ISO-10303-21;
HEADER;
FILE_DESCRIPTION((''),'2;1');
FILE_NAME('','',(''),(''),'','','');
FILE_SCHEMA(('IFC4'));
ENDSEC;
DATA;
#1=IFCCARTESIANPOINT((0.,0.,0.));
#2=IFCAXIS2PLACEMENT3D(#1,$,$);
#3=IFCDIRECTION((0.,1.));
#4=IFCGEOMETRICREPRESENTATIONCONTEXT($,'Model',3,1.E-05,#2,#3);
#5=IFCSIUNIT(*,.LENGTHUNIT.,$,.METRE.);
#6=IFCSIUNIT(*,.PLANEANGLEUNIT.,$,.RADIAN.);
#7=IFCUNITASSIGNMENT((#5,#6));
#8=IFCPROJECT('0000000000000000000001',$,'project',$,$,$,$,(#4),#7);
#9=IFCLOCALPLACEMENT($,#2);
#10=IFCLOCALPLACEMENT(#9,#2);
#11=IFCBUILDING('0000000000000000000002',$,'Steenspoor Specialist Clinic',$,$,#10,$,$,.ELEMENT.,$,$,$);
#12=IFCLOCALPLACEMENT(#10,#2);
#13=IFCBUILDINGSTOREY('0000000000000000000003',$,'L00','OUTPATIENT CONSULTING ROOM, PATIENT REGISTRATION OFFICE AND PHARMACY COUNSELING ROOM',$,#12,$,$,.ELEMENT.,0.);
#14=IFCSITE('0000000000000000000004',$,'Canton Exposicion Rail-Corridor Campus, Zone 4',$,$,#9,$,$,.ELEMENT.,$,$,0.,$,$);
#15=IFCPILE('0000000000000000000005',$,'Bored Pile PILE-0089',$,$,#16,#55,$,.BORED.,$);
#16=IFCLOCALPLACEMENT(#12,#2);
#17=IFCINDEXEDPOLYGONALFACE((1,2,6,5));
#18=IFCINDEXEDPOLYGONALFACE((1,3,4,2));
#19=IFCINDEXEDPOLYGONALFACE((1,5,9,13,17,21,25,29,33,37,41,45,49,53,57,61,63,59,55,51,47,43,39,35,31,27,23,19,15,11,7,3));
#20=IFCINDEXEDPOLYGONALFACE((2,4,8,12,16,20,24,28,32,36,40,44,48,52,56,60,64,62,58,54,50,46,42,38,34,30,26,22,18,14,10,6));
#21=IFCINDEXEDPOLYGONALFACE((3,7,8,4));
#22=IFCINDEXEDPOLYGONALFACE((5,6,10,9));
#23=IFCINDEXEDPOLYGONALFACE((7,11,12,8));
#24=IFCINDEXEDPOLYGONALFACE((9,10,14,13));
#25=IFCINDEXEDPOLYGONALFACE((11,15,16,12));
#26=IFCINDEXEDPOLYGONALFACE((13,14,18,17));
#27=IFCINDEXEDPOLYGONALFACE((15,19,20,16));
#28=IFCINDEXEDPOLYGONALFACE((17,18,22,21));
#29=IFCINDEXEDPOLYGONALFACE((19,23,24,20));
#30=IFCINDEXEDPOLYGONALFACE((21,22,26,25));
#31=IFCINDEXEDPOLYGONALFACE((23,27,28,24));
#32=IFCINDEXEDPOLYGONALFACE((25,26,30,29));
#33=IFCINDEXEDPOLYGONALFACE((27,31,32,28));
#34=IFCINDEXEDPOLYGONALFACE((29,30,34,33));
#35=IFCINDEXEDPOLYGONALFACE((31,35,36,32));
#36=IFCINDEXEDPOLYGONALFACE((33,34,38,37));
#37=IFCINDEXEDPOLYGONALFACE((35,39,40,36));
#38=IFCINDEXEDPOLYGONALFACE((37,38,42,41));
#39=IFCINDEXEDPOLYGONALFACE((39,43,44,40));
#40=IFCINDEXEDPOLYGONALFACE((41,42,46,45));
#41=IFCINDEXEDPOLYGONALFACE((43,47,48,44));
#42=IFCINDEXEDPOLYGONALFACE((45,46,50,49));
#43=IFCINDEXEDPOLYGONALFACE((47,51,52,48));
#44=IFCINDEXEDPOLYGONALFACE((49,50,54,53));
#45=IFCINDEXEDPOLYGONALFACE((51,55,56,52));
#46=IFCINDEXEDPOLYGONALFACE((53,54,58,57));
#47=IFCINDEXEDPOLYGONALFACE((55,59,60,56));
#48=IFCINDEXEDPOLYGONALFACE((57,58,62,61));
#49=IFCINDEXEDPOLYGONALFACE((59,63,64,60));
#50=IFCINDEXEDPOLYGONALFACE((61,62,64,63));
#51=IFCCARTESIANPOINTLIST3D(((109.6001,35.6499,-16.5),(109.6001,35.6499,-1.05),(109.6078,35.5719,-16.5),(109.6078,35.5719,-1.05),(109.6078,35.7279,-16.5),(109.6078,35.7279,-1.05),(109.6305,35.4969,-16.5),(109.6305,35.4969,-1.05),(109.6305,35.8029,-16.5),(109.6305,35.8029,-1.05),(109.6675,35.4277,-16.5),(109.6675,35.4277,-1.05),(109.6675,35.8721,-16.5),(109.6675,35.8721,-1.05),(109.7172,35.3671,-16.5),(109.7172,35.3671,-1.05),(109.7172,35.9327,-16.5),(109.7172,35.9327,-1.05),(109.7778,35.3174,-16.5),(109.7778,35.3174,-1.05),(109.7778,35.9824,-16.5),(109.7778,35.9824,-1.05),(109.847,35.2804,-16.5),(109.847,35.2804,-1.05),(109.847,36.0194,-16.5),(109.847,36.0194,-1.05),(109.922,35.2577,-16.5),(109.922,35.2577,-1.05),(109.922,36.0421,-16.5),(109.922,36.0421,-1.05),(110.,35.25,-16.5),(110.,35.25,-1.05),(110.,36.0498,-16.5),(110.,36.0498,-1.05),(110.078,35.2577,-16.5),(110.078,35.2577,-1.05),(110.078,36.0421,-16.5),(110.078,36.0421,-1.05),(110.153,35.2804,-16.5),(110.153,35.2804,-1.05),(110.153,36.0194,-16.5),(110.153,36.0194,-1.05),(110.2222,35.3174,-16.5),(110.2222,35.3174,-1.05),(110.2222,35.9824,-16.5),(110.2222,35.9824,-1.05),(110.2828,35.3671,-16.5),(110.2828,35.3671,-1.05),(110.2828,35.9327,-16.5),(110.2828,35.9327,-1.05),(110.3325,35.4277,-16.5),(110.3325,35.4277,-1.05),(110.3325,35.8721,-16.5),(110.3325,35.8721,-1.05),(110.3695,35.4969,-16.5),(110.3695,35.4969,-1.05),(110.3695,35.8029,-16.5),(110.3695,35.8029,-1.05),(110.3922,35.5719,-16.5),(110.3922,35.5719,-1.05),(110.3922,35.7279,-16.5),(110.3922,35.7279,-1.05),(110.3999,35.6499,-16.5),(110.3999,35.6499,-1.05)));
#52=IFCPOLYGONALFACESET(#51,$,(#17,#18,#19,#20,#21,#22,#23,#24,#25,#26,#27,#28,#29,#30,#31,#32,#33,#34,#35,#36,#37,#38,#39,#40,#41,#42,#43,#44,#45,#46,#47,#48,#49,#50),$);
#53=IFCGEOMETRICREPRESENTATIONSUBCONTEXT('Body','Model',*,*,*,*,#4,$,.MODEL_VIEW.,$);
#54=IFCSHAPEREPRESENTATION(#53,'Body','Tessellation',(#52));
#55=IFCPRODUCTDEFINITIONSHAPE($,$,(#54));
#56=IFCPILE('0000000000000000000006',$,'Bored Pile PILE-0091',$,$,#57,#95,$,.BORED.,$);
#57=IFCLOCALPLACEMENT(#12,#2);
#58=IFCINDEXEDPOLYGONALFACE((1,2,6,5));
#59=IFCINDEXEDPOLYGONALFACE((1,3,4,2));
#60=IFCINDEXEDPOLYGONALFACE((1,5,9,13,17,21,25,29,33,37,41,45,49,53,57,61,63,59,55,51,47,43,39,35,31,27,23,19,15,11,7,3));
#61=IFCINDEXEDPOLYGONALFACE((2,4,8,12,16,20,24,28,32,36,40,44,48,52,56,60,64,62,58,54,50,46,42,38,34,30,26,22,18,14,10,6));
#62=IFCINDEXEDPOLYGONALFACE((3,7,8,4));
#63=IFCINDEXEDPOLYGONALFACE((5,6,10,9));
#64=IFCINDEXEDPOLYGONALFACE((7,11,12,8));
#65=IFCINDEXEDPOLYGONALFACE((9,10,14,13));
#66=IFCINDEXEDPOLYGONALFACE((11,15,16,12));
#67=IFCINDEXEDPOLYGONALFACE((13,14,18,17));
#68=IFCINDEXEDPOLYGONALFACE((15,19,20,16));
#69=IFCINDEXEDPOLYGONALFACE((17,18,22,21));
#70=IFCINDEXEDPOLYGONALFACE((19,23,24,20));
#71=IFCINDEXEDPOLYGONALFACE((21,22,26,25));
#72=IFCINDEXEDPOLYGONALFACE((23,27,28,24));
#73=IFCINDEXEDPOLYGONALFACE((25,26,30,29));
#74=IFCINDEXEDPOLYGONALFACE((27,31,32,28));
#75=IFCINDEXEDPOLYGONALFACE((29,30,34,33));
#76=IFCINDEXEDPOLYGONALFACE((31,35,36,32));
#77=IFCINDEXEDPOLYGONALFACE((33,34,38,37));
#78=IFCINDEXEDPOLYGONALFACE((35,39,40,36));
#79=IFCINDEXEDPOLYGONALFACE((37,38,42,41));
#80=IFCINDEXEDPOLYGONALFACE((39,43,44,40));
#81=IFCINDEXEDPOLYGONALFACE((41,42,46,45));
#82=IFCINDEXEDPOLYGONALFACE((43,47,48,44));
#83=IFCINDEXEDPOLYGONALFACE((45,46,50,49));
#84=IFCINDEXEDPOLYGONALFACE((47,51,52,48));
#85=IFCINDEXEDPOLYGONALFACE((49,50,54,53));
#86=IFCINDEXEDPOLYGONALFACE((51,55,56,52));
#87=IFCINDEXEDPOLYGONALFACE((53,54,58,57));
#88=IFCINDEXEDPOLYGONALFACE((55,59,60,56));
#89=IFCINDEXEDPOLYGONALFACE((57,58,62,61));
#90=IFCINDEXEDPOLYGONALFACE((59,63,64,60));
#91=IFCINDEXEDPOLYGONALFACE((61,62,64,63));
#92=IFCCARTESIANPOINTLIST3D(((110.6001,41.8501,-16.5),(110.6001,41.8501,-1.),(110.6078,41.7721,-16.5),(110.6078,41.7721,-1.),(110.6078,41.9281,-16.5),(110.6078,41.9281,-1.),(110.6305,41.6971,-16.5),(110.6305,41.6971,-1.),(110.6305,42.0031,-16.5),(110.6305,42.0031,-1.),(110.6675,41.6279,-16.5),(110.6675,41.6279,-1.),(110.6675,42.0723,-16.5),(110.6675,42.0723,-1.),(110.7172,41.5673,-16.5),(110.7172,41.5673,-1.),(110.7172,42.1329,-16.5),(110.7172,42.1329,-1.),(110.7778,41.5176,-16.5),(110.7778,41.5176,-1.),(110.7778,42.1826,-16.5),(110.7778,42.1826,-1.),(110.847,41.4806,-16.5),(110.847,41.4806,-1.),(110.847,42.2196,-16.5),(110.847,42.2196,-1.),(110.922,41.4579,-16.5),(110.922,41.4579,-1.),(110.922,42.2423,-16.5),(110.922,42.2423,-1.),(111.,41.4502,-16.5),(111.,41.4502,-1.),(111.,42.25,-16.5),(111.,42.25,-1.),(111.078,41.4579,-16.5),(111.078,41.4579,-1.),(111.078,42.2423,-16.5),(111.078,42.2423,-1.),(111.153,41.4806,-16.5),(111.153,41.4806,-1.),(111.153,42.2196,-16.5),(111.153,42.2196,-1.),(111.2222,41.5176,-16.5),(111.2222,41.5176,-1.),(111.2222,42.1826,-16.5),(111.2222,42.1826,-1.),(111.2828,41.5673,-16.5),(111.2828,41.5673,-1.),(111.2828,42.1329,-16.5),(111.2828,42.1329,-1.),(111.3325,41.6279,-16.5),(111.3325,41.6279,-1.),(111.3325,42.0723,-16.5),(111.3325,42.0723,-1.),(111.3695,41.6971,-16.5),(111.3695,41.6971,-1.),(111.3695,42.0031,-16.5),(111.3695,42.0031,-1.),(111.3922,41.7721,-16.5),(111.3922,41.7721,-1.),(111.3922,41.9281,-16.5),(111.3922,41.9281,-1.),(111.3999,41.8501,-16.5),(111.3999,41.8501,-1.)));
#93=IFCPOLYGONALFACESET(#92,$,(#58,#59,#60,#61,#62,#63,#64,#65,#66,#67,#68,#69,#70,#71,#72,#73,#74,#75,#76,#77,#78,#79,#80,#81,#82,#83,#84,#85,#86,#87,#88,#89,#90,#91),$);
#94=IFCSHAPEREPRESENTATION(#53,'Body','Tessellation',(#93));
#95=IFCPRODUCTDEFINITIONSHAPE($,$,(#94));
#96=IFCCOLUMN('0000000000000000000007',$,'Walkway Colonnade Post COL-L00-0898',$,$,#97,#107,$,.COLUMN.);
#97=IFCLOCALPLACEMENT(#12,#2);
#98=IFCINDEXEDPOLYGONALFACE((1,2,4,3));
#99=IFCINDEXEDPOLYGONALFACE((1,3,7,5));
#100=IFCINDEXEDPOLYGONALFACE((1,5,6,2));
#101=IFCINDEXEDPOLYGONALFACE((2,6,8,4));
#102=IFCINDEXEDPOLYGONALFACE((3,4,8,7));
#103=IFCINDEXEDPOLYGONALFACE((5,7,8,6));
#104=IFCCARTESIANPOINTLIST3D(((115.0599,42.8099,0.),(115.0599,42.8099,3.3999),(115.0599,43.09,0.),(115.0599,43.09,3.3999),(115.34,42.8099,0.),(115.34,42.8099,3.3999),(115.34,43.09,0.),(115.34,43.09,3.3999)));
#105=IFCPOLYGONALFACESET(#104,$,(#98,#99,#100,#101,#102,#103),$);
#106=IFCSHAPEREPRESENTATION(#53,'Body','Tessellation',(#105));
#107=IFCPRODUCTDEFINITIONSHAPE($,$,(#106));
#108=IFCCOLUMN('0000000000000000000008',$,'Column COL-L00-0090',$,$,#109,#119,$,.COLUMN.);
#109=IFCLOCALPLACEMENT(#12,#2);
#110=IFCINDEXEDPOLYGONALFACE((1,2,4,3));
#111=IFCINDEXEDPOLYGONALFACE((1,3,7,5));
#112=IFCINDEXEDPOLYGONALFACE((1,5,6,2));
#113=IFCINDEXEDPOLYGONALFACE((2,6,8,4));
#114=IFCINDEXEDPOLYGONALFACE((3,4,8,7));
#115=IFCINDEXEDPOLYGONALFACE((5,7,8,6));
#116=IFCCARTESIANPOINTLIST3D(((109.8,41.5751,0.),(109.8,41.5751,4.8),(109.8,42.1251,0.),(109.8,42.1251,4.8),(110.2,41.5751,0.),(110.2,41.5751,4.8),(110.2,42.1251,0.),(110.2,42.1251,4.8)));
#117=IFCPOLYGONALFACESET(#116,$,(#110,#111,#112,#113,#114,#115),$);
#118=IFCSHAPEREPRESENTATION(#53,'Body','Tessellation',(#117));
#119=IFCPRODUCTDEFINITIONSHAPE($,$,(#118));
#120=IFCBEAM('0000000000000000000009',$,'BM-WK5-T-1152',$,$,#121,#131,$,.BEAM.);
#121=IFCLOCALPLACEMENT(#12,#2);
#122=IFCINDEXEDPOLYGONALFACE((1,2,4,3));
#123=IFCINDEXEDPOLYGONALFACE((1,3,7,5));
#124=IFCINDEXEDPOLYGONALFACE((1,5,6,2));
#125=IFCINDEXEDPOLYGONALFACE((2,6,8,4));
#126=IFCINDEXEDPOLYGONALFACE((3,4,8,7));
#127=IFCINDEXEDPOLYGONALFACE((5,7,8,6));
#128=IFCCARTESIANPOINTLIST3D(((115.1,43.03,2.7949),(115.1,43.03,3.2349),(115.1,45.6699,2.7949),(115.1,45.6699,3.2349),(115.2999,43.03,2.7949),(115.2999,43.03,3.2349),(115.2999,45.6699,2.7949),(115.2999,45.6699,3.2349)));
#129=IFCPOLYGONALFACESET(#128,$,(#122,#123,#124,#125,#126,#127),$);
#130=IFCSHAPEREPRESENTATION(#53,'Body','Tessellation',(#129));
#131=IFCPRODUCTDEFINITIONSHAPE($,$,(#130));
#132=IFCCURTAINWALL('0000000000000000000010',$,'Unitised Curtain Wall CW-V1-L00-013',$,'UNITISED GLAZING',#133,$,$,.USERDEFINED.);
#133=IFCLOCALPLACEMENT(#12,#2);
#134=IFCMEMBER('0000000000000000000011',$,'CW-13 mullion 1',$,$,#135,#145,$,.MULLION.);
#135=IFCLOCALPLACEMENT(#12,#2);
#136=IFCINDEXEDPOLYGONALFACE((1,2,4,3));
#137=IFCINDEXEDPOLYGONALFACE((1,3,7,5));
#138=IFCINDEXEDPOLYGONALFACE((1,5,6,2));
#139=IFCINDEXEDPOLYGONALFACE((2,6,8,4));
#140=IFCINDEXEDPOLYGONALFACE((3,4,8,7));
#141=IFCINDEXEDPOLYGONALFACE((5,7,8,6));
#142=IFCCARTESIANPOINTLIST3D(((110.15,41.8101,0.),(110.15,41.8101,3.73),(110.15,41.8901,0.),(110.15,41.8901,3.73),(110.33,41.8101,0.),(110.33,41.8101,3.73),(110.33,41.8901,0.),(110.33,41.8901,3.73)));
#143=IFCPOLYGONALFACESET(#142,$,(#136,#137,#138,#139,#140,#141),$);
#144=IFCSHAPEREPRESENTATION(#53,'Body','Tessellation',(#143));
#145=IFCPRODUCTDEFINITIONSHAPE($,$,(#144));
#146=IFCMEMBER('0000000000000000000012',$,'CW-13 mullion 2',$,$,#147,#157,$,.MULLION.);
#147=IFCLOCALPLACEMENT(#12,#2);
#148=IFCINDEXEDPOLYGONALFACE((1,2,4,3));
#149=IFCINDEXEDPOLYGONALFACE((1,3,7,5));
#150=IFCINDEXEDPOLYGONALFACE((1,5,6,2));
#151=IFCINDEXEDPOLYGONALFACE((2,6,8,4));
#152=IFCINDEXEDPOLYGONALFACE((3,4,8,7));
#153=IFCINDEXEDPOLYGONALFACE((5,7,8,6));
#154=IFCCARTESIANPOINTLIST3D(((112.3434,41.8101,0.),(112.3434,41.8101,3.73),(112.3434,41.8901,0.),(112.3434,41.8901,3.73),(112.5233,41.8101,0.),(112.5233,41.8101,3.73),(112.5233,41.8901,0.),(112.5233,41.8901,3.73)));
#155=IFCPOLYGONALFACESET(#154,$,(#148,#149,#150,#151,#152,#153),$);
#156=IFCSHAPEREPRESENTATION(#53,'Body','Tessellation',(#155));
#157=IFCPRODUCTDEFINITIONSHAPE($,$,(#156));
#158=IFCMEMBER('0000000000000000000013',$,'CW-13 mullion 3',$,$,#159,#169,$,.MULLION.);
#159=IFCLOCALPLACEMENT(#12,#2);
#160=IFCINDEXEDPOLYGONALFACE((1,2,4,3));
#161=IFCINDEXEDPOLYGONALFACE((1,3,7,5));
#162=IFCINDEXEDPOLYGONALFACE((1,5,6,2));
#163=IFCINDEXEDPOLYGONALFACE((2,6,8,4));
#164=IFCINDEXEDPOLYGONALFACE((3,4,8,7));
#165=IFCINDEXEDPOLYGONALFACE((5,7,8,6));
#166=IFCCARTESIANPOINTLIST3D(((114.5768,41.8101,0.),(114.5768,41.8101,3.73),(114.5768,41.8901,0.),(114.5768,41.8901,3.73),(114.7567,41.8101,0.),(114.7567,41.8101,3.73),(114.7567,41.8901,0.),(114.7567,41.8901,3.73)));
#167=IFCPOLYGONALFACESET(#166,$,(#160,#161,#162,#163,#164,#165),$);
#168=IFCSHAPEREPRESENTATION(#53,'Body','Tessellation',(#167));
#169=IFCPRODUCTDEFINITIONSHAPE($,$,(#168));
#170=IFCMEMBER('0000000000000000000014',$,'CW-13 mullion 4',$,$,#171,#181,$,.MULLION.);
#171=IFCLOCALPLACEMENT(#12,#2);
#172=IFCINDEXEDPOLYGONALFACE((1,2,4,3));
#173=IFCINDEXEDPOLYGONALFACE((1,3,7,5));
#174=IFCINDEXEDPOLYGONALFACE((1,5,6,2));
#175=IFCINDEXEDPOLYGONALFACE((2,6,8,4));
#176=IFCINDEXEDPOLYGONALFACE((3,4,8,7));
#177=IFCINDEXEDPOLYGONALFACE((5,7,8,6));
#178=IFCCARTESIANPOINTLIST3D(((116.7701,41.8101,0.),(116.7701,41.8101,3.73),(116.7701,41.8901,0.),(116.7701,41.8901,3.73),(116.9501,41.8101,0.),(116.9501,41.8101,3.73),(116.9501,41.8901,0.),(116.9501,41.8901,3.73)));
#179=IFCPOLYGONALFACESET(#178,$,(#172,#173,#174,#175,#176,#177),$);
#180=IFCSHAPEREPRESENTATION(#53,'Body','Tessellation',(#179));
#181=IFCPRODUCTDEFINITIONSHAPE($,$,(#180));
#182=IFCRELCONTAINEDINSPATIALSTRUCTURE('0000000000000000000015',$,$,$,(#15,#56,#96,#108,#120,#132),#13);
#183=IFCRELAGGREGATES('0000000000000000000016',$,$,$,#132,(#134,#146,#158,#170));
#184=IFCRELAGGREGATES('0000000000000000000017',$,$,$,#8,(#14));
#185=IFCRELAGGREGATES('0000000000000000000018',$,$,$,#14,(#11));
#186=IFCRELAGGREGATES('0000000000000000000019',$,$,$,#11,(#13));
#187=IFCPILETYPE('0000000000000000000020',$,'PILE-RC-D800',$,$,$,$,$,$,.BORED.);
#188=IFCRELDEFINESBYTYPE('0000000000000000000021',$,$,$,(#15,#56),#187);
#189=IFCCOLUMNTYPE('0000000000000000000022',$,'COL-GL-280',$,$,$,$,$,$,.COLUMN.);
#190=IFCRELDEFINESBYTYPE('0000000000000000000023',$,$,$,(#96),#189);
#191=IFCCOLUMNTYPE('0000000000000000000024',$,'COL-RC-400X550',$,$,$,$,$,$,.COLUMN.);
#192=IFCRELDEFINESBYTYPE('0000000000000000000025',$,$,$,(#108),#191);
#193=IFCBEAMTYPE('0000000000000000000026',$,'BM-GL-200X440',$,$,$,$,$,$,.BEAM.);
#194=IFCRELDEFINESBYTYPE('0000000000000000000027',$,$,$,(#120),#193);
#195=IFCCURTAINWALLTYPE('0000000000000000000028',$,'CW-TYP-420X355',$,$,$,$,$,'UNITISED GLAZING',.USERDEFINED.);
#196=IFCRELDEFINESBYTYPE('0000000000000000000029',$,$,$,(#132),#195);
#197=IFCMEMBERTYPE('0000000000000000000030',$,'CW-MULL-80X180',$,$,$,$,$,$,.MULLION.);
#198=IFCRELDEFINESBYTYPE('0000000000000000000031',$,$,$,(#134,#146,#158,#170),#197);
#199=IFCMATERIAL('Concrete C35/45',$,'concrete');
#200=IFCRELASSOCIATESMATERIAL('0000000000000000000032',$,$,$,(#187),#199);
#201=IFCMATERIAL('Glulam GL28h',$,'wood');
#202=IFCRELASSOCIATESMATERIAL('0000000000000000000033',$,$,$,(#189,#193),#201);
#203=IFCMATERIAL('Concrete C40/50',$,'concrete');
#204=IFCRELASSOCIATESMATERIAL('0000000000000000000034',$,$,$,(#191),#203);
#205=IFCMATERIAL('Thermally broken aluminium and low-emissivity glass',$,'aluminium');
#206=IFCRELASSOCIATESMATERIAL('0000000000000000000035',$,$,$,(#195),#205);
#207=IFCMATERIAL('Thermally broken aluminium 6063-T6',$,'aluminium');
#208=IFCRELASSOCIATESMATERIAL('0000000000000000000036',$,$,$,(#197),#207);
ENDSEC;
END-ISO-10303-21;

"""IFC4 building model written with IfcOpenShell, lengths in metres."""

from ifc_helpers import new_model, si_unit, direction, frame, origin, origin_2d, place, context, subcontext, project, spatial, rectangle, circle, extrude, material, material_profile, profile_set, type_object, element, aggregate, save


model = new_model("IFC4")

# Units and contexts
model_context = context("Model", 3, precision=1e-05, world=origin(), true_north=direction((0.0, 1.0)))
body_context = subcontext(model_context, "Body", "Model", "MODEL_VIEW")
ifc_project = project(units=[si_unit("LENGTHUNIT", "METRE"), si_unit("PLANEANGLEUNIT", "RADIAN")], contexts=[model_context])

# Site, building, storey
site_placement = place(None, origin())
site = spatial("IfcSite", under=ifc_project, at=site_placement, Name="Canton Exposicion Rail-Corridor Campus, Zone 4", CompositionType="ELEMENT", RefElevation=0.0)
building_placement = place(site_placement, origin())
building = spatial("IfcBuilding", under=site, at=building_placement, Name="Steenspoor Specialist Clinic", CompositionType="ELEMENT")
storey_placement = place(building_placement, origin())
storey = spatial("IfcBuildingStorey", under=building, at=storey_placement, Name="L00", Description="OUTPATIENT CONSULTING ROOM, PATIENT REGISTRATION OFFICE AND PHARMACY COUNSELING ROOM", CompositionType="ELEMENT", Elevation=0.0)

# Shared definitions
ifc_material_1 = material(Name="Concrete C35/45", Category="concrete")

# Piles
ifc_material_profile_1 = material_profile(ifc_material_1, circle(Radius=0.3999, at=origin_2d()), Name="PILE-D800")
ifc_profile_set_1 = profile_set([ifc_material_profile_1], Name="Concrete C35/45")
pile_type_1 = type_object("IfcPileType", Name="PILE-RC-D800", PredefinedType="BORED", material=ifc_profile_set_1)
pile_1_placement = place(storey_placement, frame((110.0, 35.6499, -1.05), z_axis=(0.0, 0.0, -1.0), x_axis=(1.0, 0.0, 0.0)))
element("IfcPile", 1, at=pile_1_placement, inside=storey, type_object=pile_type_1, Name="Bored Pile PILE-0089", PredefinedType="BORED", context=body_context, shape_type="SweptSolid", body=[
    extrude(circle(Radius=0.3999, at=origin_2d()), origin(), (0.0, 0.0, 1.0), 15.45),
])
pile_2_placement = place(storey_placement, frame((111.0, 41.8501, -1.0), z_axis=(0.0, 0.0, -1.0), x_axis=(1.0, 0.0, 0.0)))
element("IfcPile", 2, at=pile_2_placement, inside=storey, type_object=pile_type_1, Name="Bored Pile PILE-0091", PredefinedType="BORED", context=body_context, shape_type="SweptSolid", body=[
    extrude(circle(Radius=0.3999, at=origin_2d()), origin(), (0.0, 0.0, 1.0), 15.5),
])

# Columns
ifc_material_2 = material(Name="Glulam GL28h", Category="wood")
ifc_material_profile_2 = material_profile(ifc_material_2, rectangle(XDim=0.28, YDim=0.28, at=origin_2d()), Name="GL28H-280X280")
ifc_profile_set_2 = profile_set([ifc_material_profile_2], Name="Glulam GL28h")
column_type_1 = type_object("IfcColumnType", Name="COL-GL-280", PredefinedType="COLUMN", material=ifc_profile_set_2)
column_1_placement = place(storey_placement, frame((115.2, 42.95, 0.0), z_axis=(0.0, 0.0, 1.0), x_axis=(1.0, 0.0, 0.0)))
element("IfcColumn", 3, at=column_1_placement, inside=storey, type_object=column_type_1, Name="Walkway Colonnade Post COL-L00-0898", PredefinedType="COLUMN", context=body_context, shape_type="SweptSolid", body=[
    extrude(rectangle(XDim=0.28, YDim=0.28, at=origin_2d()), origin(), (0.0, 0.0, 1.0), 3.3999),
])
ifc_material_3 = material(Name="Concrete C40/50", Category="concrete")
ifc_material_profile_3 = material_profile(ifc_material_3, rectangle(XDim=0.3999, YDim=0.55, at=origin_2d()), Name="RC-COL-400X550")
ifc_profile_set_3 = profile_set([ifc_material_profile_3], Name="Concrete C40/50")
column_type_2 = type_object("IfcColumnType", Name="COL-RC-400X550", PredefinedType="COLUMN", material=ifc_profile_set_3)
column_2_placement = place(storey_placement, frame((110.0, 41.8501, 0.0), z_axis=(0.0, 0.0, 1.0), x_axis=(1.0, 0.0, 0.0)))
element("IfcColumn", 4, at=column_2_placement, inside=storey, type_object=column_type_2, Name="Column COL-L00-0090", PredefinedType="COLUMN", context=body_context, shape_type="SweptSolid", body=[
    extrude(rectangle(XDim=0.3999, YDim=0.55, at=origin_2d()), origin(), (0.0, 0.0, 1.0), 4.8),
])

# Beam
ifc_material_profile_4 = material_profile(ifc_material_2, rectangle(XDim=0.2, YDim=0.4399, at=origin_2d()), Name="GL28H-200X440")
ifc_profile_set_4 = profile_set([ifc_material_profile_4], Name="Glulam GL28h")
beam_type_1 = type_object("IfcBeamType", Name="BM-GL-200X440", PredefinedType="BEAM", material=ifc_profile_set_4)
beam_1_placement = place(storey_placement, frame((115.2, 43.03, 3.0149), z_axis=(0.0, 1.0, 0.0), x_axis=(-1.0, 0.0, 0.0)))
element("IfcBeam", 5, at=beam_1_placement, inside=storey, type_object=beam_type_1, Name="BM-WK5-T-1152", PredefinedType="BEAM", context=body_context, shape_type="SweptSolid", body=[
    extrude(rectangle(XDim=0.2, YDim=0.4399, at=origin_2d()), origin(), (0.0, 0.0, 1.0), 2.6399),
])

# Curtain wall, members
ifc_material_4 = material(Name="Thermally broken aluminium and low-emissivity glass", Category="aluminium")
curtain_wall_type = type_object("IfcCurtainWallType", Name="CW-TYP-420X355", ElementType="UNITISED GLAZING", PredefinedType="USERDEFINED", material=ifc_material_4)
curtain_wall_placement = place(storey_placement, origin())
curtain_wall = element("IfcCurtainWall", 6, at=curtain_wall_placement, inside=storey, type_object=curtain_wall_type, Name="Unitised Curtain Wall CW-V1-L00-013", ObjectType="UNITISED GLAZING", PredefinedType="USERDEFINED")
ifc_material_5 = material(Name="Thermally broken aluminium 6063-T6", Category="aluminium")
ifc_material_profile_5 = material_profile(ifc_material_5, rectangle(XDim=0.0801, YDim=0.1799, at=origin_2d()), Name="CWM-80X180")
ifc_profile_set_5 = profile_set([ifc_material_profile_5], Name="Thermally broken aluminium 6063-T6")
member_type_1 = type_object("IfcMemberType", Name="CW-MULL-80X180", PredefinedType="MULLION", material=ifc_profile_set_5)
member_1_placement = place(storey_placement, frame((110.24, 41.8501, 0.0), z_axis=(0.0, 0.0, 1.0), x_axis=(0.0, 1.0, 0.0)))
member_1 = element("IfcMember", 7, at=member_1_placement, type_object=member_type_1, Name="CW-13 mullion 1", PredefinedType="MULLION", context=body_context, shape_type="SweptSolid", body=[
    extrude(rectangle(XDim=0.0801, YDim=0.1799, at=origin_2d()), origin(), (0.0, 0.0, 1.0), 3.73),
])
member_2_placement = place(storey_placement, frame((112.4333, 41.8501, 0.0), z_axis=(0.0, 0.0, 1.0), x_axis=(0.0, 1.0, 0.0)))
member_2 = element("IfcMember", 8, at=member_2_placement, type_object=member_type_1, Name="CW-13 mullion 2", PredefinedType="MULLION", context=body_context, shape_type="SweptSolid", body=[
    extrude(rectangle(XDim=0.0801, YDim=0.1799, at=origin_2d()), origin(), (0.0, 0.0, 1.0), 3.73),
])
member_3_placement = place(storey_placement, frame((114.6667, 41.8501, 0.0), z_axis=(0.0, 0.0, 1.0), x_axis=(0.0, 1.0, 0.0)))
member_3 = element("IfcMember", 9, at=member_3_placement, type_object=member_type_1, Name="CW-13 mullion 3", PredefinedType="MULLION", context=body_context, shape_type="SweptSolid", body=[
    extrude(rectangle(XDim=0.0801, YDim=0.1799, at=origin_2d()), origin(), (0.0, 0.0, 1.0), 3.73),
])
member_4_placement = place(storey_placement, frame((116.8601, 41.8501, 0.0), z_axis=(0.0, 0.0, 1.0), x_axis=(0.0, 1.0, 0.0)))
member_4 = element("IfcMember", 10, at=member_4_placement, type_object=member_type_1, Name="CW-13 mullion 4", PredefinedType="MULLION", context=body_context, shape_type="SweptSolid", body=[
    extrude(rectangle(XDim=0.0801, YDim=0.1799, at=origin_2d()), origin(), (0.0, 0.0, 1.0), 3.73),
])

aggregate(curtain_wall, [member_1, member_2, member_3, member_4])

save(model, "model.ifc")
